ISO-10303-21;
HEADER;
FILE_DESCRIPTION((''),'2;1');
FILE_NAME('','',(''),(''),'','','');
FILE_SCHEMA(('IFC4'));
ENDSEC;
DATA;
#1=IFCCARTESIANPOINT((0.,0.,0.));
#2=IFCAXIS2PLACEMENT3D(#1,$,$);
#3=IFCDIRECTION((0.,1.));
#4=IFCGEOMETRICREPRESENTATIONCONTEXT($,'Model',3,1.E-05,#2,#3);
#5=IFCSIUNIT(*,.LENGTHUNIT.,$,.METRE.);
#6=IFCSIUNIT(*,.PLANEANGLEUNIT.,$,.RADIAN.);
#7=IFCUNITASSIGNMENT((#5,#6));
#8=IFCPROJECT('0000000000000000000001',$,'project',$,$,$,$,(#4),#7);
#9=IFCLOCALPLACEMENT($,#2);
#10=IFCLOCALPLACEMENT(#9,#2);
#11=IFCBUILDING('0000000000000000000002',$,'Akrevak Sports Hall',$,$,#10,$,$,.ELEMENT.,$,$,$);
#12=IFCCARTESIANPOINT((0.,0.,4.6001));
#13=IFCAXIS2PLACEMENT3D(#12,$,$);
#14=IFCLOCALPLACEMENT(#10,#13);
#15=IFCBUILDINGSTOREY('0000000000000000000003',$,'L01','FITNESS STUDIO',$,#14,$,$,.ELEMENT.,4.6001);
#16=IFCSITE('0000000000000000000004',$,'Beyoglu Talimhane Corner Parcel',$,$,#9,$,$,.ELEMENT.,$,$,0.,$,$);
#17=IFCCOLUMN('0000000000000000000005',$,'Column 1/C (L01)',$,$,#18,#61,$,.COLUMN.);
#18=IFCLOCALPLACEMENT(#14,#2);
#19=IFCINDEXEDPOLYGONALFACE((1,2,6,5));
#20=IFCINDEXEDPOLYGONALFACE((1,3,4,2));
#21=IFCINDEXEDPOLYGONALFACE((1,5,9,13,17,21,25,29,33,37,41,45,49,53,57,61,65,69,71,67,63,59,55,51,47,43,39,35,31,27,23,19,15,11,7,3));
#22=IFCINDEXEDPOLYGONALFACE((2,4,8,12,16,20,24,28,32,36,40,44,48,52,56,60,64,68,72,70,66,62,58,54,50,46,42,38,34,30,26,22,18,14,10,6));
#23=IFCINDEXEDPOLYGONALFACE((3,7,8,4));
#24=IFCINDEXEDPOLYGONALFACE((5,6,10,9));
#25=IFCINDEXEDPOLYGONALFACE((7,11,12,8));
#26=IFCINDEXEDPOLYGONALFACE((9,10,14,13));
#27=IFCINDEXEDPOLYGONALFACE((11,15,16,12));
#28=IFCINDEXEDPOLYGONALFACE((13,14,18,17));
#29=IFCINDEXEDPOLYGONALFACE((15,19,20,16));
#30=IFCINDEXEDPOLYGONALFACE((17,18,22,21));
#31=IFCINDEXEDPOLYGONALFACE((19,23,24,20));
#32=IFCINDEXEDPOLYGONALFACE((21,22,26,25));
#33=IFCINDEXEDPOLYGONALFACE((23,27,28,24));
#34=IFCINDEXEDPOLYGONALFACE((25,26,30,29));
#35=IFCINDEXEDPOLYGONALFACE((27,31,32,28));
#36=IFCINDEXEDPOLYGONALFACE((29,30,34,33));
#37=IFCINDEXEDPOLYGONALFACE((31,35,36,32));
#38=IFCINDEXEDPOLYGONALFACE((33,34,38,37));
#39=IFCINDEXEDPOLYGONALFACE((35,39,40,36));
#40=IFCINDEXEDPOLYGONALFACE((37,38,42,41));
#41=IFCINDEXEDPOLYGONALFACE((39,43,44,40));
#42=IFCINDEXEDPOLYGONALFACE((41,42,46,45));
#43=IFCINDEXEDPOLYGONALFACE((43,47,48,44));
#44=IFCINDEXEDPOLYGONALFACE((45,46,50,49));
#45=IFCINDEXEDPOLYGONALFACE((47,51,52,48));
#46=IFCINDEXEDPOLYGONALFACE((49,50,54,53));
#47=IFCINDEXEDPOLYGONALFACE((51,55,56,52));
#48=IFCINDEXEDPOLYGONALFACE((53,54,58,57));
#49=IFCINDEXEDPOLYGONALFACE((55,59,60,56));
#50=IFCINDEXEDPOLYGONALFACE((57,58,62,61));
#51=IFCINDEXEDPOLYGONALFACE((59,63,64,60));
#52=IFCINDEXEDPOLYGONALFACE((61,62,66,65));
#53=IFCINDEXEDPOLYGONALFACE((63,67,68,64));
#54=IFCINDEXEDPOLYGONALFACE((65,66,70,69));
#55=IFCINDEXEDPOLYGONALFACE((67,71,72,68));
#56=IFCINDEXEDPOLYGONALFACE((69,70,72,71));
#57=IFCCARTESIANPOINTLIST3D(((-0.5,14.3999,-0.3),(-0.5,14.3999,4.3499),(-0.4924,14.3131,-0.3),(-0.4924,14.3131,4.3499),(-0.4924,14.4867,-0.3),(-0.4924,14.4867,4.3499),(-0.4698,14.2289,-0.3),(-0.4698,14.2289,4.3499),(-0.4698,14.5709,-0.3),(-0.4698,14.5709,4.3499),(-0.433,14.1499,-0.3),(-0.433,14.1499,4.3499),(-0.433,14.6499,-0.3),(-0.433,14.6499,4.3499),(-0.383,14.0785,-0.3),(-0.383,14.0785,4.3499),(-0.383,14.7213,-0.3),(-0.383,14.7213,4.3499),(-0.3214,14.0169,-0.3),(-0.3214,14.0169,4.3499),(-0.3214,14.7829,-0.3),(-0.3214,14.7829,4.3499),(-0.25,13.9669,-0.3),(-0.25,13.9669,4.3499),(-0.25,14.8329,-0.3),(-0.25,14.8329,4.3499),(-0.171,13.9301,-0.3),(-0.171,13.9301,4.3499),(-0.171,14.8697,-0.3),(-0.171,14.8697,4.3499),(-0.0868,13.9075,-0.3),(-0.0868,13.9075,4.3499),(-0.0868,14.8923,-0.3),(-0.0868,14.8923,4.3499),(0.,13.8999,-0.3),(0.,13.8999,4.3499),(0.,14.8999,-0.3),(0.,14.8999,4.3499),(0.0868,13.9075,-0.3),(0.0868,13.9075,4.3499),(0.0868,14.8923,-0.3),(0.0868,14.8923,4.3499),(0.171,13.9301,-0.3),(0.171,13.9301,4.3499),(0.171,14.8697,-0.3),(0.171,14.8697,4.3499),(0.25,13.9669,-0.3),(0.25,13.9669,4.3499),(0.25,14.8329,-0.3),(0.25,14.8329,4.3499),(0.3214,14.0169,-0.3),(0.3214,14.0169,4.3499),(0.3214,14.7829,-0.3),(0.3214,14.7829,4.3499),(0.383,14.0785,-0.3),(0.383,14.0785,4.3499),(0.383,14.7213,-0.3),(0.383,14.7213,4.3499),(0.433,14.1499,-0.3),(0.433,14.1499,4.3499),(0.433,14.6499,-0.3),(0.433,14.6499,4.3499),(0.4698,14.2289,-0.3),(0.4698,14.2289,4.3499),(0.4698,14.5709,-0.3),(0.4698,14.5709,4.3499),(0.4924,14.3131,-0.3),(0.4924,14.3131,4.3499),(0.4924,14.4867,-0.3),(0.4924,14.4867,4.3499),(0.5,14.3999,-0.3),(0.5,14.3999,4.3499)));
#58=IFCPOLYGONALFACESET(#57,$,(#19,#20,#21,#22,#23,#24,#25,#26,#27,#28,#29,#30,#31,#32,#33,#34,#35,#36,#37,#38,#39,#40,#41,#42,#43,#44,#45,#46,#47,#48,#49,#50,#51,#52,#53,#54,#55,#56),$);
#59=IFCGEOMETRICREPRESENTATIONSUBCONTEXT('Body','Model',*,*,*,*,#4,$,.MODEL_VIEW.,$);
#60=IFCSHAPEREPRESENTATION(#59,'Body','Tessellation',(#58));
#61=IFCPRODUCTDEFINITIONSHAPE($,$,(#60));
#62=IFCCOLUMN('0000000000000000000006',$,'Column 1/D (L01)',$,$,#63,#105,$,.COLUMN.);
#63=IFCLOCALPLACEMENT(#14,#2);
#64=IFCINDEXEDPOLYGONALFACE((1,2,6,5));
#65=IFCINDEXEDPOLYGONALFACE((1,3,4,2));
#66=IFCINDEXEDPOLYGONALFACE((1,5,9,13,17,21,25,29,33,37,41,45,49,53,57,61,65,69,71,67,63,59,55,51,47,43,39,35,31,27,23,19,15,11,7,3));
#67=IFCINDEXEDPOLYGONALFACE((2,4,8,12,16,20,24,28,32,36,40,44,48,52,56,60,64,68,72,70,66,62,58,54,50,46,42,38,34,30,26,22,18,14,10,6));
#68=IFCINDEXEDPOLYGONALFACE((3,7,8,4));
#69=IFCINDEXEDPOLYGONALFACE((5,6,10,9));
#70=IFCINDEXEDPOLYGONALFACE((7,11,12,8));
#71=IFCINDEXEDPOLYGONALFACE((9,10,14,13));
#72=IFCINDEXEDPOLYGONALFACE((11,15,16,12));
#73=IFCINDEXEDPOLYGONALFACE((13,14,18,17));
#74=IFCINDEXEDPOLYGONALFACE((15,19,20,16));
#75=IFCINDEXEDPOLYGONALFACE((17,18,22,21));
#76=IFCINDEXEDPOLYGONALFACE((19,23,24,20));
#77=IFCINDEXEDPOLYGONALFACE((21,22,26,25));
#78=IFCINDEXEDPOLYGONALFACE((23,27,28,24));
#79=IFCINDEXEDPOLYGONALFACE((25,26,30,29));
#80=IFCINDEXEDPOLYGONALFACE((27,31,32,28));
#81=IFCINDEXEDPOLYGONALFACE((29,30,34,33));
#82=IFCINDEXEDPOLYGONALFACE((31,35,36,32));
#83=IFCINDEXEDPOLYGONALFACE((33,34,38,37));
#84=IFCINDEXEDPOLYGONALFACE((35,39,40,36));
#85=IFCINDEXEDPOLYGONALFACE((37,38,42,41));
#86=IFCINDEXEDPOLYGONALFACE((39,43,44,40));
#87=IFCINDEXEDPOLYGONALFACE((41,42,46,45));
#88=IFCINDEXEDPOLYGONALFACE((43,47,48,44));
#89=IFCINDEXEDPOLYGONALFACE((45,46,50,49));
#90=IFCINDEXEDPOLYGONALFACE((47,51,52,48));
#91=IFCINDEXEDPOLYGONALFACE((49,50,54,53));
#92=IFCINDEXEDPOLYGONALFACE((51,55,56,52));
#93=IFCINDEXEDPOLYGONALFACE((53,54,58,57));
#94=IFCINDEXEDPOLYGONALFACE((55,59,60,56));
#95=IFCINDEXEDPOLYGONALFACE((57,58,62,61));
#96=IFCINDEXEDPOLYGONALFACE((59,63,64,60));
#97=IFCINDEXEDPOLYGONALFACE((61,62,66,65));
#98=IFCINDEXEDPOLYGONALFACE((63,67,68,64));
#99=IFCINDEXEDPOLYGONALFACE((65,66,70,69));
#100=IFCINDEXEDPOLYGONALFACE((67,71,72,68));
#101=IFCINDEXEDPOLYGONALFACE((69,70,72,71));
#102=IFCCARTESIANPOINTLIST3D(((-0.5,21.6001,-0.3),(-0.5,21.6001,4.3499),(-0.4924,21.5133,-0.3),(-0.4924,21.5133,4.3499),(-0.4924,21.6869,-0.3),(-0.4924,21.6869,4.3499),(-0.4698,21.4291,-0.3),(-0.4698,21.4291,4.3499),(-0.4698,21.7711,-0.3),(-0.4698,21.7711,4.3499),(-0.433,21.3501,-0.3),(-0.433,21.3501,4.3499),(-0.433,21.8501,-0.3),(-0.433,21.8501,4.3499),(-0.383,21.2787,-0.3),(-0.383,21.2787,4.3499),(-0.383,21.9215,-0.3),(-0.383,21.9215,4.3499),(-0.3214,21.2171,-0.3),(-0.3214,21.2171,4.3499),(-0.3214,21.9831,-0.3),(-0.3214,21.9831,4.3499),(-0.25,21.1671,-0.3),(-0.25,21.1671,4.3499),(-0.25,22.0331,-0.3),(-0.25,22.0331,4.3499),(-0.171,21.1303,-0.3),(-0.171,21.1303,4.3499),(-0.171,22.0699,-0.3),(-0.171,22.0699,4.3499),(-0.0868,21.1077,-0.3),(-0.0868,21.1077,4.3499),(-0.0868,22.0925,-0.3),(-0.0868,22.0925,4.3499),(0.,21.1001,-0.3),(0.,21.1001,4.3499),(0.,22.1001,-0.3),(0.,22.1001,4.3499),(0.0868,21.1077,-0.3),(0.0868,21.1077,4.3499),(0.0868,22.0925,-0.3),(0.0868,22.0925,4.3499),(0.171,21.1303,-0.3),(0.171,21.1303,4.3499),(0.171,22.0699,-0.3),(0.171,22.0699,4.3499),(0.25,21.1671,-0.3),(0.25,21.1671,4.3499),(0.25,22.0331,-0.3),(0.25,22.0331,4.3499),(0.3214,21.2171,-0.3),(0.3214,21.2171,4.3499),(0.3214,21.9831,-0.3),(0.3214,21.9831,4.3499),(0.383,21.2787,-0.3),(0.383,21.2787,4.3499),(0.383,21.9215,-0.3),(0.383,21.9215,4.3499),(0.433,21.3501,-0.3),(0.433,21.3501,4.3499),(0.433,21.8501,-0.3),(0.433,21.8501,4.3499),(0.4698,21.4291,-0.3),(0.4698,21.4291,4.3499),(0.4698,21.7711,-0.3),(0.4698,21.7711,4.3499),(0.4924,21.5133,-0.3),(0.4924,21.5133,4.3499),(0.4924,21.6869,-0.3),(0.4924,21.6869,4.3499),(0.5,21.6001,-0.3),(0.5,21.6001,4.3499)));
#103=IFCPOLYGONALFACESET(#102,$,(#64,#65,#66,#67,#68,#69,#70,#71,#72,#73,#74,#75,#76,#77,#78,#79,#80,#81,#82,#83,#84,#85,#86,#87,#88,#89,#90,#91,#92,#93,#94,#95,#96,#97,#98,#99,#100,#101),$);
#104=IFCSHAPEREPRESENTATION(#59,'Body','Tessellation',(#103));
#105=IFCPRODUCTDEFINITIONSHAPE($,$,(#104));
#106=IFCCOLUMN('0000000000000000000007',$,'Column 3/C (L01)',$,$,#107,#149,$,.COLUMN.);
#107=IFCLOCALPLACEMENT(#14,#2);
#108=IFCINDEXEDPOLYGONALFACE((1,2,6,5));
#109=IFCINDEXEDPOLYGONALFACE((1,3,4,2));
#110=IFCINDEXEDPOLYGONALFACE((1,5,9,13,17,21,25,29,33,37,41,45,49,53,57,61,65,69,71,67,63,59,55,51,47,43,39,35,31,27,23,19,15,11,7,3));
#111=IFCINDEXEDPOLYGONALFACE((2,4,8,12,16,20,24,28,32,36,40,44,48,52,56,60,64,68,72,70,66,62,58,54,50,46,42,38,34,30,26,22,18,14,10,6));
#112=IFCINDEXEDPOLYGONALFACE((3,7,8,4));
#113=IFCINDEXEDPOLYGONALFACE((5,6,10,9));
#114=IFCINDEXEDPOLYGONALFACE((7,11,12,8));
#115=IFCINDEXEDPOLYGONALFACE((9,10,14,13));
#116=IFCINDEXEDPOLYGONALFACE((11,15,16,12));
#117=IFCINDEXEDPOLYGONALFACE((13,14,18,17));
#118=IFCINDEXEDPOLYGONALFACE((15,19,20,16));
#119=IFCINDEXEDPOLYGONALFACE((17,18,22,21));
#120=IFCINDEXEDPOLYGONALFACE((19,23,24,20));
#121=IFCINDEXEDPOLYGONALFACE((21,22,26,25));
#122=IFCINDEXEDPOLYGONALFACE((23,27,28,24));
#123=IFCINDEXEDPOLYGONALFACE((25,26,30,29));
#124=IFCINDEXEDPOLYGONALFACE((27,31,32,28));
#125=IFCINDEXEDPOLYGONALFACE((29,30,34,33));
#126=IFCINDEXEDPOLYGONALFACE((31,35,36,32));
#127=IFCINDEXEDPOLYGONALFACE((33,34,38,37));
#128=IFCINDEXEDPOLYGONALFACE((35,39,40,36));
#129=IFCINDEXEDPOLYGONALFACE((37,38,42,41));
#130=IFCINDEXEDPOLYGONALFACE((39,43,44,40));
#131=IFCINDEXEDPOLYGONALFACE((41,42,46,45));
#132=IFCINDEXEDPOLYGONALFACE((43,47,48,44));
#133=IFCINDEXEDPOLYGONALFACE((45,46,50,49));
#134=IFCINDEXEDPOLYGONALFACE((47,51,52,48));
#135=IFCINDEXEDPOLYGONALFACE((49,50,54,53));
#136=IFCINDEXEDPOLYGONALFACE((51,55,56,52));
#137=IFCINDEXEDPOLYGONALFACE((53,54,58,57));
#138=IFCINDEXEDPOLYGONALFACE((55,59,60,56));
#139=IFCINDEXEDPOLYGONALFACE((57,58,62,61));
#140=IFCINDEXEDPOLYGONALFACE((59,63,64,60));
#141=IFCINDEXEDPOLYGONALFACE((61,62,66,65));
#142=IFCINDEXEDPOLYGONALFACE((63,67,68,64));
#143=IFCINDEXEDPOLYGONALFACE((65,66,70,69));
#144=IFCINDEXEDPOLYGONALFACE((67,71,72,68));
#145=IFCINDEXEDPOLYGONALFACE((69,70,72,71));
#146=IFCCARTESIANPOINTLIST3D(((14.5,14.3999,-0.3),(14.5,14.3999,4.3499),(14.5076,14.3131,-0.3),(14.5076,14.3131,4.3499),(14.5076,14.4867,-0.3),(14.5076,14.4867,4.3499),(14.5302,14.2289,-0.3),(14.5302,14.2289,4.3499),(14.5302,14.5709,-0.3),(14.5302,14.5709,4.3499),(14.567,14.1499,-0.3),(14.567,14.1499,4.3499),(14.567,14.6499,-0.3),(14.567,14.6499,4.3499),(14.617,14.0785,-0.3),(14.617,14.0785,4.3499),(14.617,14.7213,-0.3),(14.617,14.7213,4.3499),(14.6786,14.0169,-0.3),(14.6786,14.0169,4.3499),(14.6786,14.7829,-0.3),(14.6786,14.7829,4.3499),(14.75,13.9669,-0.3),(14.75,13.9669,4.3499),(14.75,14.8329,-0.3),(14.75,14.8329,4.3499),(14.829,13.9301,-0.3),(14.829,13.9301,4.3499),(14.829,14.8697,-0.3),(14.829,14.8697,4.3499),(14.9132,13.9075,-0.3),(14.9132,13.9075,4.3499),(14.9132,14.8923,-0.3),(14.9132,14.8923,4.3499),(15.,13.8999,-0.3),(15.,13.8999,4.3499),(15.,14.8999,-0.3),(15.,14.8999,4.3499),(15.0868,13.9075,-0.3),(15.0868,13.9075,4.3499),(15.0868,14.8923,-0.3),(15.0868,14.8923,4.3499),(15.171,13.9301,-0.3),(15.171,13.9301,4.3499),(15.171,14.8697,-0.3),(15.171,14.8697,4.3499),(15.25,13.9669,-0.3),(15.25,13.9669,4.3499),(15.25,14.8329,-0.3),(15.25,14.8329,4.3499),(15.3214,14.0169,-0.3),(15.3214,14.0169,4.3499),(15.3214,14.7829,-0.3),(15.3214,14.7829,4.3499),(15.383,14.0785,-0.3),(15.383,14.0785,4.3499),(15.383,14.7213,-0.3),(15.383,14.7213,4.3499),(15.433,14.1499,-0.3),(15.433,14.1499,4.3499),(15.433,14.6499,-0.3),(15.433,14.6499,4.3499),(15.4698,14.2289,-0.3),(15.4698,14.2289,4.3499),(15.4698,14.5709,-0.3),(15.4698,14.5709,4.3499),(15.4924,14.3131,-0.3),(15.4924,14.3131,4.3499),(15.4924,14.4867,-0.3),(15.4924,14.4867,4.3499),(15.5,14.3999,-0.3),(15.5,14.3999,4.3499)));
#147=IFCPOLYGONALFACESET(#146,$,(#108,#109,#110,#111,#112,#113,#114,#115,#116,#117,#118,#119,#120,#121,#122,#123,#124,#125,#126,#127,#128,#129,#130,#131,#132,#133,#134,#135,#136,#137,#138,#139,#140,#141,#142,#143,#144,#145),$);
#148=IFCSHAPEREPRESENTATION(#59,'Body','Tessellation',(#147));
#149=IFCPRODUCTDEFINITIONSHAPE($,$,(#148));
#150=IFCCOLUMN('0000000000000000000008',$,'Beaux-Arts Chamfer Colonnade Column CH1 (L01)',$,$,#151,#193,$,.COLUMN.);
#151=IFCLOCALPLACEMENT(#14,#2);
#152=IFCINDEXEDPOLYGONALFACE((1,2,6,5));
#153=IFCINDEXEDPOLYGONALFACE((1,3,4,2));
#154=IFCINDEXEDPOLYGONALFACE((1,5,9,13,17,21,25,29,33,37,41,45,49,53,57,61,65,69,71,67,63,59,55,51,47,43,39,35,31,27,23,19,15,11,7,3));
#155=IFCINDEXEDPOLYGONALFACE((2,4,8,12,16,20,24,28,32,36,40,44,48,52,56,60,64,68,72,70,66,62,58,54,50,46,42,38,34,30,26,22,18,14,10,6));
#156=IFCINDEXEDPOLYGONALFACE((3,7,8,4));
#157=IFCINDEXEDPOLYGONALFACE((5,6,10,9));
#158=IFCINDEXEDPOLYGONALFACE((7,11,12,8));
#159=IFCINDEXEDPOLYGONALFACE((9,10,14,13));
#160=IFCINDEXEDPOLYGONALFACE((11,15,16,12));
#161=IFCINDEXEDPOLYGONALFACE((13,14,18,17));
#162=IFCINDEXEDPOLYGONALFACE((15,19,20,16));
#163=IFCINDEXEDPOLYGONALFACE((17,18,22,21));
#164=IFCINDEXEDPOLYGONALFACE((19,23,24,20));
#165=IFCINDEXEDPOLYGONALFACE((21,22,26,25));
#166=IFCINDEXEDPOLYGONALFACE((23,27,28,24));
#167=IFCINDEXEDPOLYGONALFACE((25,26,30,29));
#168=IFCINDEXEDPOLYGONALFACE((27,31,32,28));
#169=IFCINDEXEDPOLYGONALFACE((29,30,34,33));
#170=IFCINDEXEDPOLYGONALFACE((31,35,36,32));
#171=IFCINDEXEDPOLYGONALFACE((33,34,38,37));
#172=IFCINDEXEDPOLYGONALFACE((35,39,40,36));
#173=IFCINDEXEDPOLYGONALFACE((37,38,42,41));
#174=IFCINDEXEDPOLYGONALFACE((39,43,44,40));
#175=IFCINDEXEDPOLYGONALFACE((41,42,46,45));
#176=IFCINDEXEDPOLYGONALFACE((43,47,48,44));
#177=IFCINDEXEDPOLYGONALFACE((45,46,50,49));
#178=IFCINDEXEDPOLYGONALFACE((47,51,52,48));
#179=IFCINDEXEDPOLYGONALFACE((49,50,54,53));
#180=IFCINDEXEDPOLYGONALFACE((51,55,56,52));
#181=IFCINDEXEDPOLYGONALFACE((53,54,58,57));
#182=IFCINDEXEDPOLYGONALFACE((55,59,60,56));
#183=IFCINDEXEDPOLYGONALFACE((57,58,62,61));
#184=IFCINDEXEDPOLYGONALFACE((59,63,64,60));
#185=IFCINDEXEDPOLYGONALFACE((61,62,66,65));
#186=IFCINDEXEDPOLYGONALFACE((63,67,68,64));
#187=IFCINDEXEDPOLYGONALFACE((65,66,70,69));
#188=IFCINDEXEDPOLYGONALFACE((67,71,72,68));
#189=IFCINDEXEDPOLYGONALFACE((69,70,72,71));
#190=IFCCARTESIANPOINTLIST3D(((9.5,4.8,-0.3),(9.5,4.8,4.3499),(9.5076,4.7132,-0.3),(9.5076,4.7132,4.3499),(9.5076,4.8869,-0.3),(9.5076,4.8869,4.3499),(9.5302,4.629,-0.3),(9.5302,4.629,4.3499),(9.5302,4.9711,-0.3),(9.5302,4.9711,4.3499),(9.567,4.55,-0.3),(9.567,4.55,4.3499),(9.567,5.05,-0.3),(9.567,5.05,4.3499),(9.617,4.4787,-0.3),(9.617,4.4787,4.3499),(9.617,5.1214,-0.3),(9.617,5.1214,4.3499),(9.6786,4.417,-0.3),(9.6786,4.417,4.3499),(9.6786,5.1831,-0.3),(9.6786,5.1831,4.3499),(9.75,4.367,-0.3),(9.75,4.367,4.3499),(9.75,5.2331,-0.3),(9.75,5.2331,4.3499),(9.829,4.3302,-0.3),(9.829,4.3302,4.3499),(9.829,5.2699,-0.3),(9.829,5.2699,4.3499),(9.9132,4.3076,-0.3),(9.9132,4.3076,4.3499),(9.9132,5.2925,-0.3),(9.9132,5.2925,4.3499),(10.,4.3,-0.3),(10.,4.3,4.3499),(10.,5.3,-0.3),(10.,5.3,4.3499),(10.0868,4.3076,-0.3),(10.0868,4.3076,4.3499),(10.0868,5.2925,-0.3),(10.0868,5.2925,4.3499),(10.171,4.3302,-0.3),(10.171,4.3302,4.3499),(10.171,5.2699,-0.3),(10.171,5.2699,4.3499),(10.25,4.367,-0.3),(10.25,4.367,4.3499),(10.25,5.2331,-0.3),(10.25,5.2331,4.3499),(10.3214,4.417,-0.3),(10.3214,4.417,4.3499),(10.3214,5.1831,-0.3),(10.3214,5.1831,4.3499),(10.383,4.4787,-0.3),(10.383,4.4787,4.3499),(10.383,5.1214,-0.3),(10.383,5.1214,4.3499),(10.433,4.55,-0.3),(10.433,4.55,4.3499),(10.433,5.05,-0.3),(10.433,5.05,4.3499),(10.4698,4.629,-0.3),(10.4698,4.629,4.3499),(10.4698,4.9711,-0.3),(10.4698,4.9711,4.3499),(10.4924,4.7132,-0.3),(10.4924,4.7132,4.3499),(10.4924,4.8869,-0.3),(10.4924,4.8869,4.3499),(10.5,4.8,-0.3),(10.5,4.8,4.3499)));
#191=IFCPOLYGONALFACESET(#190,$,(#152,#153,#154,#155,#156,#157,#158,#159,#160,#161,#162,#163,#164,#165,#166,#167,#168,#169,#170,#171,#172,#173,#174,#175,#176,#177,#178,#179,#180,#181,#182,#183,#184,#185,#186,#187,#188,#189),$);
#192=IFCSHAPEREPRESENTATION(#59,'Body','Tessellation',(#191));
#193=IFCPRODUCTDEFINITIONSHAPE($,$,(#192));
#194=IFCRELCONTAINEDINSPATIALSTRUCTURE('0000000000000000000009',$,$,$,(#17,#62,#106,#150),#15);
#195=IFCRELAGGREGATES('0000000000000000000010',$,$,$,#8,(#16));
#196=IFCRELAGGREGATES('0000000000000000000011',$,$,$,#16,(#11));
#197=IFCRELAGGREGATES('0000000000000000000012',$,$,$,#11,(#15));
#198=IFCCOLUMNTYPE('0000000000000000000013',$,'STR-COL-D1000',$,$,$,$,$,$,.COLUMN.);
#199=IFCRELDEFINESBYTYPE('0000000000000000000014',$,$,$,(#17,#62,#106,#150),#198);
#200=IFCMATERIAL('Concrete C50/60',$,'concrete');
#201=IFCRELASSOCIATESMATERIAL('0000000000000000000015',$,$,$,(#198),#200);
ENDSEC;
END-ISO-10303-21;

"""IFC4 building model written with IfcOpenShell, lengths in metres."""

from ifc_helpers import new_model, si_unit, direction, frame, origin, origin_2d, place, context, subcontext, project, spatial, circle, extrude, material, material_profile, profile_set, type_object, element, save


model = new_model("IFC4")

# Units and contexts
model_context = context("Model", 3, precision=1e-05, world=origin(), true_north=direction((0.0, 1.0)))
body_context = subcontext(model_context, "Body", "Model", "MODEL_VIEW")
ifc_project = project(units=[si_unit("LENGTHUNIT", "METRE"), si_unit("PLANEANGLEUNIT", "RADIAN")], contexts=[model_context])

# Site, building, storey
site_placement = place(None, origin())
site = spatial("IfcSite", under=ifc_project, at=site_placement, Name="Beyoglu Talimhane Corner Parcel", CompositionType="ELEMENT", RefElevation=0.0)
building_placement = place(site_placement, origin())
building = spatial("IfcBuilding", under=site, at=building_placement, Name="Akrevak Sports Hall", CompositionType="ELEMENT")
storey_placement = place(building_placement, frame((0.0, 0.0, 4.6001)))
storey = spatial("IfcBuildingStorey", under=building, at=storey_placement, Name="L01", Description="FITNESS STUDIO", CompositionType="ELEMENT", Elevation=4.6001)

# Columns
ifc_material_1 = material(Name="Concrete C50/60", Category="concrete")
ifc_material_profile_1 = material_profile(ifc_material_1, circle(Radius=0.5, at=origin_2d()), Name="COL D1000", Category="concrete")
ifc_profile_set_1 = profile_set([ifc_material_profile_1], Name="Concrete C50/60")
column_type = type_object("IfcColumnType", Name="STR-COL-D1000", PredefinedType="COLUMN", material=ifc_profile_set_1)
for number, where, z_axis, x_axis, name in (
    (1, (0.0, 14.3999, -0.3), (0.0, 0.0, 1.0), (1.0, 0.0, 0.0), "Column 1/C (L01)"),
    (2, (0.0, 21.6001, -0.3), (0.0, 0.0, 1.0), (1.0, 0.0, 0.0), "Column 1/D (L01)"),
    (3, (15.0, 14.3999, -0.3), (0.0, 0.0, 1.0), (1.0, 0.0, 0.0), "Column 3/C (L01)"),
    (4, (10.0, 4.8, -0.3), (0.0, 0.0, 1.0), (1.0, 0.0, 0.0), "Beaux-Arts Chamfer Colonnade Column CH1 (L01)"),
):
    element("IfcColumn", number, at=place(storey_placement, frame(where, z_axis=z_axis, x_axis=x_axis)), inside=storey, type_object=column_type, Name=name, PredefinedType="COLUMN", context=body_context, shape_type="SweptSolid", body=[
        extrude(circle(Radius=0.5, at=origin_2d()), origin(), (0.0, 0.0, 1.0), 4.6499),
    ])

save(model, "model.ifc")
